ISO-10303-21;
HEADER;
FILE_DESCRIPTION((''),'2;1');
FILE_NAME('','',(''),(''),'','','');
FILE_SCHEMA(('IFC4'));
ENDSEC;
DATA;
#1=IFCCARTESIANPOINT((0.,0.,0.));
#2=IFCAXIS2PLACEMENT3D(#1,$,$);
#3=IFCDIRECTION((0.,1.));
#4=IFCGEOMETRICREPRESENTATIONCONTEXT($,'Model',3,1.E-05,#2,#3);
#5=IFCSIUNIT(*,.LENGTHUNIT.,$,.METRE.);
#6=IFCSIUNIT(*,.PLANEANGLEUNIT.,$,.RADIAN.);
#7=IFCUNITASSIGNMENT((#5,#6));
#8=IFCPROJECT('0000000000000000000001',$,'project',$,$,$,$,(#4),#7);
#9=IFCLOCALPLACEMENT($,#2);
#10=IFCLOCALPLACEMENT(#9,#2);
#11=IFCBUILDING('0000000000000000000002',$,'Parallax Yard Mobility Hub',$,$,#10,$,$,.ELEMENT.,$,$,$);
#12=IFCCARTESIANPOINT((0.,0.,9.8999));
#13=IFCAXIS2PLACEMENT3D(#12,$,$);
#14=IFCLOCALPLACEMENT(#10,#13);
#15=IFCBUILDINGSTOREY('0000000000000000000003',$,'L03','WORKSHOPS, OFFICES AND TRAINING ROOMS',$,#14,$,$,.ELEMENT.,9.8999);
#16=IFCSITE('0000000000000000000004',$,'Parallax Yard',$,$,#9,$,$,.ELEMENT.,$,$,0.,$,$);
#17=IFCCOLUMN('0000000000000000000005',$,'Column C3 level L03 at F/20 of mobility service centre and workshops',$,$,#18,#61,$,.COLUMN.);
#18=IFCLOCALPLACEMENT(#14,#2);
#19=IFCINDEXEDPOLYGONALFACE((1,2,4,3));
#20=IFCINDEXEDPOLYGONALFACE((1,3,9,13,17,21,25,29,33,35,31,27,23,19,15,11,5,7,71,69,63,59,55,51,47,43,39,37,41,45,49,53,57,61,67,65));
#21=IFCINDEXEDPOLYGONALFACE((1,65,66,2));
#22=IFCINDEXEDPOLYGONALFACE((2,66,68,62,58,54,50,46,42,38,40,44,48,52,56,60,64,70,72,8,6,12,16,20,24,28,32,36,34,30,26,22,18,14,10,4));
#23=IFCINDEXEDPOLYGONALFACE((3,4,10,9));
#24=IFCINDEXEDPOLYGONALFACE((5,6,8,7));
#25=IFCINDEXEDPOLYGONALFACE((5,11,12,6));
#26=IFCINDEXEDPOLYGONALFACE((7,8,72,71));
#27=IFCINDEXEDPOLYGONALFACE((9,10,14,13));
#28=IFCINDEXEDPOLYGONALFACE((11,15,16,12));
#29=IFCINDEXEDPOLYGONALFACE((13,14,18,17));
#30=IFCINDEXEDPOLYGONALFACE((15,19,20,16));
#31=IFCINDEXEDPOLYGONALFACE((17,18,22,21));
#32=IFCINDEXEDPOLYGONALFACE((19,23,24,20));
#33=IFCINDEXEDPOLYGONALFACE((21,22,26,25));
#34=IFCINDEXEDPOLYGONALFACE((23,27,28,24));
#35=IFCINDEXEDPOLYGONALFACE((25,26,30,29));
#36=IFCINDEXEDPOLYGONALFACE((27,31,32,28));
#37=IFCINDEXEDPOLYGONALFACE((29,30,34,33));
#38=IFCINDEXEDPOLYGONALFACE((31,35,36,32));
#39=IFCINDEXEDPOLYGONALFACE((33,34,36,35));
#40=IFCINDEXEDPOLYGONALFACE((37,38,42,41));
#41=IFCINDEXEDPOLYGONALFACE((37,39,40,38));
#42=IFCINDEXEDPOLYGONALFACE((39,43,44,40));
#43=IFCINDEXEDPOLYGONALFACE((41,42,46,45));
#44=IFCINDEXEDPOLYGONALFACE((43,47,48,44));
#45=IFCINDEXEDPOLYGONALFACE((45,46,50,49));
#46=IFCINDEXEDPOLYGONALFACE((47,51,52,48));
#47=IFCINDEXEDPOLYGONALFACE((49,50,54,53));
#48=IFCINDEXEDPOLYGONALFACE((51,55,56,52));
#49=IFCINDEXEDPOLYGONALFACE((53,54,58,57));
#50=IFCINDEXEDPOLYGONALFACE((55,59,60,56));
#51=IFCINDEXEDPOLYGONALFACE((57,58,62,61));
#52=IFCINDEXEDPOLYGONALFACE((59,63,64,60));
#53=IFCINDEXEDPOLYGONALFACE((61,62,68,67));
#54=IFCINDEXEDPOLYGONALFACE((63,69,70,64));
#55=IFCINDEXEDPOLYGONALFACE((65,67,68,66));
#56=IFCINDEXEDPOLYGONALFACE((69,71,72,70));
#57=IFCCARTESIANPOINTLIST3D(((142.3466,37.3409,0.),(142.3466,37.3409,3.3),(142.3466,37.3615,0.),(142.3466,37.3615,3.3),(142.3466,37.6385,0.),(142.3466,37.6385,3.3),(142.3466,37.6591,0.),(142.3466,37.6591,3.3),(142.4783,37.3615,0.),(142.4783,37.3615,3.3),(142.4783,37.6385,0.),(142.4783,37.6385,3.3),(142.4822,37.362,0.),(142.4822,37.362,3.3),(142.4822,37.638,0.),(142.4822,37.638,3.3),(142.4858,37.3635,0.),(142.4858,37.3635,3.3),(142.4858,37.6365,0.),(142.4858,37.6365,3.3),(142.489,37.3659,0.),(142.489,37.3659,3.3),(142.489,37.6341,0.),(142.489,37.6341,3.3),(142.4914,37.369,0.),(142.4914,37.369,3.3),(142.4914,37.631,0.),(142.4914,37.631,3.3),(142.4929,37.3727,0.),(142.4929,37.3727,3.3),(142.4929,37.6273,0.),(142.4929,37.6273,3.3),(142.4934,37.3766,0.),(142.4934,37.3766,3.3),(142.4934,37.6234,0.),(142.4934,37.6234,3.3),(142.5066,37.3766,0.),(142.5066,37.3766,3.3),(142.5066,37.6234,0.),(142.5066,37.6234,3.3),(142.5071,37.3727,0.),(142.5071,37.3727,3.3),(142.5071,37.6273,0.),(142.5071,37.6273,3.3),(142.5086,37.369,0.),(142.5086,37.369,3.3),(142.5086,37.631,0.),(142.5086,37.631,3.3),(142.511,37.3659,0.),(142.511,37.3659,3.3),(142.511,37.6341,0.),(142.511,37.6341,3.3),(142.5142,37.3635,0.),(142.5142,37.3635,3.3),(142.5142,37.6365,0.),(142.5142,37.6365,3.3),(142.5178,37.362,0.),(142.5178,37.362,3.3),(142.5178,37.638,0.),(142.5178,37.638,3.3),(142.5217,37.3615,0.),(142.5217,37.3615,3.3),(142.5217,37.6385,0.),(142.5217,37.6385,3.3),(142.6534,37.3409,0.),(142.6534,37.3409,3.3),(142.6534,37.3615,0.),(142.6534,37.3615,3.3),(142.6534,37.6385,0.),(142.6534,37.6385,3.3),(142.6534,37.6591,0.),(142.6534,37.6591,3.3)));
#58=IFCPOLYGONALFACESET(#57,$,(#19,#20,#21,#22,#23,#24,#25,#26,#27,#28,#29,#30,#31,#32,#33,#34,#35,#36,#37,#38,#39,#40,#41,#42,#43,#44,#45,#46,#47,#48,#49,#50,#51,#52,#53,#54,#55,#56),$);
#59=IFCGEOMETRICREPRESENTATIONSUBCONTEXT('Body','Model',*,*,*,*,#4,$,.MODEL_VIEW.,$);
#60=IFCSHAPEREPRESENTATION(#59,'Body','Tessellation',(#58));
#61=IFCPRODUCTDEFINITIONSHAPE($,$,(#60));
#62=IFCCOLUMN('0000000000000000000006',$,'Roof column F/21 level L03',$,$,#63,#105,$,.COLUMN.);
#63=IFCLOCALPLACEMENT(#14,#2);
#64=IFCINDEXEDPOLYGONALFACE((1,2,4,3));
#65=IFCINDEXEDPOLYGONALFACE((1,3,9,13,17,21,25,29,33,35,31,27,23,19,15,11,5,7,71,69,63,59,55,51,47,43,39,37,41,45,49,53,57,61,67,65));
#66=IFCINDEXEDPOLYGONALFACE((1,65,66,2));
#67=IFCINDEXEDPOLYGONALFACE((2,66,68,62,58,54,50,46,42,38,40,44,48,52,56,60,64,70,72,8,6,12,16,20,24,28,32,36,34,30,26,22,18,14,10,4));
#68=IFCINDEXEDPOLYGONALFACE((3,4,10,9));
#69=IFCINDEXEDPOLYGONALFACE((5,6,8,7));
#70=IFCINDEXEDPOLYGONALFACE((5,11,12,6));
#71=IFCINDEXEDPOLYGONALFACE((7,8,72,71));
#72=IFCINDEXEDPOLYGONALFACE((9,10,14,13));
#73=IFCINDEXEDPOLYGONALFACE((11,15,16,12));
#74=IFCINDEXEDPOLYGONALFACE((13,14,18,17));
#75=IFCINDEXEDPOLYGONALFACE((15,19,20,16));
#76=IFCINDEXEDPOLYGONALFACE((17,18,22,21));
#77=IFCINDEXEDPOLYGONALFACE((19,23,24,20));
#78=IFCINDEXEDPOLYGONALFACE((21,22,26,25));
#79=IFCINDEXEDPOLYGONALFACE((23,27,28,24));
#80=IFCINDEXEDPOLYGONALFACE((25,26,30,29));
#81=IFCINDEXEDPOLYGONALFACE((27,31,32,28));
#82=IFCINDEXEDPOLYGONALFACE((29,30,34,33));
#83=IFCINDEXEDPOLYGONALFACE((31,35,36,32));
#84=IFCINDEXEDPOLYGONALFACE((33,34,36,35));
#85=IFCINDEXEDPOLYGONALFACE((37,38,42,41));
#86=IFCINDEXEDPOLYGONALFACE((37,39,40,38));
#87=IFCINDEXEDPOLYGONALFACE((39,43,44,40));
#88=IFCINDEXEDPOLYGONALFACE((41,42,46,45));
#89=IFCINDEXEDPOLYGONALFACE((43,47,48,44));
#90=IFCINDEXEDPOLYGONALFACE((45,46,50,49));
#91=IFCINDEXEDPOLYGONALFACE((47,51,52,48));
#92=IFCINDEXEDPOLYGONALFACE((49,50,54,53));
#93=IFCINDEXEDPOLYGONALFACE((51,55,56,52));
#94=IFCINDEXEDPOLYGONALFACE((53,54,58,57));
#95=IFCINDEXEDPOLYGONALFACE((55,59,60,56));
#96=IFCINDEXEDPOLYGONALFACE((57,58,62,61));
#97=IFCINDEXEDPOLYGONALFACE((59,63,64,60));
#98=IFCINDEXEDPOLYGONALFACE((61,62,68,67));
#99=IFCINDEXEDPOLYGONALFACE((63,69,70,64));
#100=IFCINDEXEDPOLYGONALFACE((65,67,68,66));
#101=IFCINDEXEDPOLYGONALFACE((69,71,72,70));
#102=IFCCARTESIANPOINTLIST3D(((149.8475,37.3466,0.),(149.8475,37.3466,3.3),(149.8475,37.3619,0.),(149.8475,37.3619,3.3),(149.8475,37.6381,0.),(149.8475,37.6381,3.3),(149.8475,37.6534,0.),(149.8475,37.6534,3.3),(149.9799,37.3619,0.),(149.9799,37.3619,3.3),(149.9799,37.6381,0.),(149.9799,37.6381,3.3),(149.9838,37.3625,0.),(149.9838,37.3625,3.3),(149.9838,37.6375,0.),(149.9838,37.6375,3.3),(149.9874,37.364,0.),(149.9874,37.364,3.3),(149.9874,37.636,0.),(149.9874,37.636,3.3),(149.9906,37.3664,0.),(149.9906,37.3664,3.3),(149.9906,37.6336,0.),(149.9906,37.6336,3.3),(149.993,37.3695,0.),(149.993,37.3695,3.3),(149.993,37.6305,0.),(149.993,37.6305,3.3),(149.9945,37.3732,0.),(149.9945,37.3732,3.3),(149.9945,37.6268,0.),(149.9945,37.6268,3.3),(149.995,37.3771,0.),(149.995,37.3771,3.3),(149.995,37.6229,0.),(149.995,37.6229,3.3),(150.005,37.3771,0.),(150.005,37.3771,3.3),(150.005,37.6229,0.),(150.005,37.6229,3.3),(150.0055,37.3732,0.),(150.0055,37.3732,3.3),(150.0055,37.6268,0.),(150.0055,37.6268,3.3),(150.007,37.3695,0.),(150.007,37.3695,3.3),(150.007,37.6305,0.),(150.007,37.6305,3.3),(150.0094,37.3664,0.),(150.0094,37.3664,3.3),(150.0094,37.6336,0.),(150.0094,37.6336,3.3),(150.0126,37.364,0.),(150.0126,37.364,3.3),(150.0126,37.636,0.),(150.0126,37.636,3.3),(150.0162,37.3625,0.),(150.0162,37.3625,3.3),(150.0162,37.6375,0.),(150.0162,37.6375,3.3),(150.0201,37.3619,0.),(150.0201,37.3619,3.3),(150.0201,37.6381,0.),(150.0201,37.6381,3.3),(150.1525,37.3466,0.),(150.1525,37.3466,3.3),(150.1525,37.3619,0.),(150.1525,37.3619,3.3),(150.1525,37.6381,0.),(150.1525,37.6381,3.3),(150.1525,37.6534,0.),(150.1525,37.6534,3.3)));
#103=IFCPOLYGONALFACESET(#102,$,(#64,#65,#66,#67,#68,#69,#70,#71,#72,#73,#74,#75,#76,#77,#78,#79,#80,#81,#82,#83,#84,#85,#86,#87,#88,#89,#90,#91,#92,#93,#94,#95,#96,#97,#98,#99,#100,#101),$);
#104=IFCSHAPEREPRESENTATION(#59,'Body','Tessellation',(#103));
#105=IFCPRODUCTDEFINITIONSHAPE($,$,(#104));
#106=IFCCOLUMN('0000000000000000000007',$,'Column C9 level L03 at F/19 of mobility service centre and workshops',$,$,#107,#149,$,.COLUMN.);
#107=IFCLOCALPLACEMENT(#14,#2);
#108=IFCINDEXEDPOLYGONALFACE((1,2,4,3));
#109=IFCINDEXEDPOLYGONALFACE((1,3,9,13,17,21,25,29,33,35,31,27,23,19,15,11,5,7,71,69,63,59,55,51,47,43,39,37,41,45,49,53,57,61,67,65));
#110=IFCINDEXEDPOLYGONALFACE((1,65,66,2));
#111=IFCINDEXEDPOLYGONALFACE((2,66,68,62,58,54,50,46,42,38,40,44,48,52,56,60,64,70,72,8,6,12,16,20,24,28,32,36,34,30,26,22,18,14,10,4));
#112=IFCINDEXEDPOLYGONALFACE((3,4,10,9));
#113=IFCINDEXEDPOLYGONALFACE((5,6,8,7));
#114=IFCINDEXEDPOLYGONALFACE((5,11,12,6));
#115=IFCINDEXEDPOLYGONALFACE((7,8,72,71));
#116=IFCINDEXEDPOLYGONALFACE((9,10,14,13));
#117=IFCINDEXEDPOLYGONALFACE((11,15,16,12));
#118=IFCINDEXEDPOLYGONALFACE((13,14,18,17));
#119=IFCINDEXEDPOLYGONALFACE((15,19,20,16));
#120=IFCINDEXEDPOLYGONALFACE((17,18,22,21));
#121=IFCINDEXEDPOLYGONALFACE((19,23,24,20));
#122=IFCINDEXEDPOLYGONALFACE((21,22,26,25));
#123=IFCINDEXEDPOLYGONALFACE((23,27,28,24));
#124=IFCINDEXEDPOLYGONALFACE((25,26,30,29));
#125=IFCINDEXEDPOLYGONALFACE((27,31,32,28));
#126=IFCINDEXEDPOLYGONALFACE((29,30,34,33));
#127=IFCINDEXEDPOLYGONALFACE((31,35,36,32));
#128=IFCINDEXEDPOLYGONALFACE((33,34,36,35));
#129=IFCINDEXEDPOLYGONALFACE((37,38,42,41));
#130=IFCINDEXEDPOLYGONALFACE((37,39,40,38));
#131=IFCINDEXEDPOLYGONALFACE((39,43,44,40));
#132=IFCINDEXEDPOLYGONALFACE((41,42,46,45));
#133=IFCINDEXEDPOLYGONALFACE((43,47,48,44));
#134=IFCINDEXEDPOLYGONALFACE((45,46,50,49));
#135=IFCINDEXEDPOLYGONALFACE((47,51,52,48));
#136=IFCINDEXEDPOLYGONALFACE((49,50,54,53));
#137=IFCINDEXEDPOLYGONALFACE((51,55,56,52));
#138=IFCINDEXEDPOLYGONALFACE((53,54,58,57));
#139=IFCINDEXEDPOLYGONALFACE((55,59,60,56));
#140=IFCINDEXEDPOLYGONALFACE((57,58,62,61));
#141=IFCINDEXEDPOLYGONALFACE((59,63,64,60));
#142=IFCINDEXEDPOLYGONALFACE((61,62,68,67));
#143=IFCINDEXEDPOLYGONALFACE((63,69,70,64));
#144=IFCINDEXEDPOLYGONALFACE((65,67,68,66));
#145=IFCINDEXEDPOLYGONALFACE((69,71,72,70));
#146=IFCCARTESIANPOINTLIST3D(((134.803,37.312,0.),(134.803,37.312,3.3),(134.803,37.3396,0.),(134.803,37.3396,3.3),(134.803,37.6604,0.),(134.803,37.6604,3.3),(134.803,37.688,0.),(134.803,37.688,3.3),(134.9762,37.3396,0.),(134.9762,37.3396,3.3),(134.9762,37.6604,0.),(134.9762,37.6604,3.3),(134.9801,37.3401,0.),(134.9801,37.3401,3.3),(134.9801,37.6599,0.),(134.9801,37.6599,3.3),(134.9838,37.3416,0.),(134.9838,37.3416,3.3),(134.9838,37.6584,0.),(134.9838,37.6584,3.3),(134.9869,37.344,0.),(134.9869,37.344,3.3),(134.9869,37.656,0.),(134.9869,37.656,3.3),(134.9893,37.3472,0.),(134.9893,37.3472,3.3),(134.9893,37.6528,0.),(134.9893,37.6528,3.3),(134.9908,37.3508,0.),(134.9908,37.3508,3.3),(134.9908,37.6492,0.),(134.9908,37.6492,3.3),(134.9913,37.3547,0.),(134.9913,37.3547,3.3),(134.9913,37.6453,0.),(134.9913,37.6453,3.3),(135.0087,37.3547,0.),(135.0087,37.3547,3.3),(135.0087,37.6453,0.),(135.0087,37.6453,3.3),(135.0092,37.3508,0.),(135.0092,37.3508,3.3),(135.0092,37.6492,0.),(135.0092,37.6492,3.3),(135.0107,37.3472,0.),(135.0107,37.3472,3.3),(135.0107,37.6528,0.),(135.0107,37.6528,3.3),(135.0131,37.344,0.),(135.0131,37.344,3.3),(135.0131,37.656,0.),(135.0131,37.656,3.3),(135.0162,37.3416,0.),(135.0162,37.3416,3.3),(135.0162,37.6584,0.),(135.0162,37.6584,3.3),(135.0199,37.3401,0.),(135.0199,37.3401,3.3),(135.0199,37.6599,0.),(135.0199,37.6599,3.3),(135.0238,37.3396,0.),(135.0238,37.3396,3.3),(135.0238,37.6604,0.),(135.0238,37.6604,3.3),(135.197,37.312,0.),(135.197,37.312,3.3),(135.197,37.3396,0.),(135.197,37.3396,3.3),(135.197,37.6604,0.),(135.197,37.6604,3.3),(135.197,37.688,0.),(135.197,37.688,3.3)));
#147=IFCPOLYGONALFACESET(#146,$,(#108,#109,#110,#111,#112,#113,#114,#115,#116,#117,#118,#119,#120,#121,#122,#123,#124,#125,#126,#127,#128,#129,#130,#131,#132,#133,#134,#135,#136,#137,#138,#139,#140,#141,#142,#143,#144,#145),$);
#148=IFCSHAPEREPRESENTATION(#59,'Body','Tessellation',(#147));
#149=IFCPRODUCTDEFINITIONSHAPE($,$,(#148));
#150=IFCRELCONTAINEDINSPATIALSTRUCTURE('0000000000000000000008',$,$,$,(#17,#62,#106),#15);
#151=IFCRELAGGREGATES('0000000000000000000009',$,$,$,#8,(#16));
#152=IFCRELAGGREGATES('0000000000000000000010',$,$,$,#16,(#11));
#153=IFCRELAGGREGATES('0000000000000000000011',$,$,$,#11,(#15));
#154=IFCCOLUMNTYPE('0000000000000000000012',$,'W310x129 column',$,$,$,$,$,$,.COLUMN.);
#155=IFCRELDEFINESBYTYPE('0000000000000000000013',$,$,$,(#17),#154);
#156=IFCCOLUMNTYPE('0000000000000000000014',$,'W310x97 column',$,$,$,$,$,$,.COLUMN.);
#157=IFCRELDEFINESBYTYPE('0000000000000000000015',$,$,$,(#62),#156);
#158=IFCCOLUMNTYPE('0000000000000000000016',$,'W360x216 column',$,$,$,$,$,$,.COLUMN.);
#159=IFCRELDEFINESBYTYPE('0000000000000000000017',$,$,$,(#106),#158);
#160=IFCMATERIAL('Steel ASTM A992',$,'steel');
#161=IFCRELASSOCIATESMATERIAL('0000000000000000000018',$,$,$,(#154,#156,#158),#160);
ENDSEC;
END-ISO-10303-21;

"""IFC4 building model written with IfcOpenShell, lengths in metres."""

from ifc_helpers import new_model, si_unit, direction, frame, origin, origin_2d, place, context, subcontext, project, spatial, i_section, extrude, material, material_profile, profile_set, type_object, element, save


model = new_model("IFC4")

# Units and contexts
model_context = context("Model", 3, precision=1e-05, world=origin(), true_north=direction((0.0, 1.0)))
body_context = subcontext(model_context, "Body", "Model", "MODEL_VIEW")
ifc_project = project(units=[si_unit("LENGTHUNIT", "METRE"), si_unit("PLANEANGLEUNIT", "RADIAN")], contexts=[model_context])

# Site, building, storey
site_placement = place(None, origin())
site = spatial("IfcSite", under=ifc_project, at=site_placement, Name="Parallax Yard", CompositionType="ELEMENT", RefElevation=0.0)
building_placement = place(site_placement, origin())
building = spatial("IfcBuilding", under=site, at=building_placement, Name="Parallax Yard Mobility Hub", CompositionType="ELEMENT")
storey_placement = place(building_placement, frame((0.0, 0.0, 9.8999)))
storey = spatial("IfcBuildingStorey", under=building, at=storey_placement, Name="L03", Description="WORKSHOPS, OFFICES AND TRAINING ROOMS", CompositionType="ELEMENT", Elevation=9.8999)

# Columns
ifc_material_1 = material(Name="Steel ASTM A992", Category="steel")
ifc_material_profile_1 = material_profile(ifc_material_1, i_section(OverallWidth=0.3069, OverallDepth=0.3181, WebThickness=0.0132, FlangeThickness=0.0205, FilletRadius=0.0151, at=origin_2d()), Name="W310x129")
ifc_profile_set_1 = profile_set([ifc_material_profile_1], Name="Steel ASTM A992")
column_type_1 = type_object("IfcColumnType", Name="W310x129 column", PredefinedType="COLUMN", material=ifc_profile_set_1)
column_1_placement = place(storey_placement, frame((142.5, 37.5, 0.0), z_axis=(0.0, 0.0, 1.0), x_axis=(1.0, 0.0, 0.0)))
element("IfcColumn", 1, at=column_1_placement, inside=storey, type_object=column_type_1, Name="Column C3 level L03 at F/20 of mobility service centre and workshops", PredefinedType="COLUMN", context=body_context, shape_type="SweptSolid", body=[
    extrude(i_section(OverallWidth=0.3069, OverallDepth=0.3181, WebThickness=0.0132, FlangeThickness=0.0205, FilletRadius=0.0151, at=origin_2d()), origin(), (0.0, 0.0, 1.0), 3.3),
])
ifc_material_profile_2 = material_profile(ifc_material_1, i_section(OverallWidth=0.3049, OverallDepth=0.3069, WebThickness=0.01, FlangeThickness=0.0154, FilletRadius=0.0151, at=origin_2d()), Name="W310x97")
ifc_profile_set_2 = profile_set([ifc_material_profile_2], Name="Steel ASTM A992")
column_type_2 = type_object("IfcColumnType", Name="W310x97 column", PredefinedType="COLUMN", material=ifc_profile_set_2)
column_2_placement = place(storey_placement, frame((150.0, 37.5, 0.0), z_axis=(0.0, 0.0, 1.0), x_axis=(1.0, 0.0, 0.0)))
element("IfcColumn", 2, at=column_2_placement, inside=storey, type_object=column_type_2, Name="Roof column F/21 level L03", PredefinedType="COLUMN", context=body_context, shape_type="SweptSolid", body=[
    extrude(i_section(OverallWidth=0.3049, OverallDepth=0.3069, WebThickness=0.01, FlangeThickness=0.0154, FilletRadius=0.0151, at=origin_2d()), origin(), (0.0, 0.0, 1.0), 3.3),
])
ifc_material_profile_3 = material_profile(ifc_material_1, i_section(OverallWidth=0.394, OverallDepth=0.376, WebThickness=0.0173, FlangeThickness=0.0276, FilletRadius=0.0151, at=origin_2d()), Name="W360x216")
ifc_profile_set_3 = profile_set([ifc_material_profile_3], Name="Steel ASTM A992")
column_type_3 = type_object("IfcColumnType", Name="W360x216 column", PredefinedType="COLUMN", material=ifc_profile_set_3)
column_3_placement = place(storey_placement, frame((135.0, 37.5, 0.0), z_axis=(0.0, 0.0, 1.0), x_axis=(1.0, 0.0, 0.0)))
element("IfcColumn", 3, at=column_3_placement, inside=storey, type_object=column_type_3, Name="Column C9 level L03 at F/19 of mobility service centre and workshops", PredefinedType="COLUMN", context=body_context, shape_type="SweptSolid", body=[
    extrude(i_section(OverallWidth=0.394, OverallDepth=0.376, WebThickness=0.0173, FlangeThickness=0.0276, FilletRadius=0.0151, at=origin_2d()), origin(), (0.0, 0.0, 1.0), 3.3),
])

save(model, "model.ifc")
